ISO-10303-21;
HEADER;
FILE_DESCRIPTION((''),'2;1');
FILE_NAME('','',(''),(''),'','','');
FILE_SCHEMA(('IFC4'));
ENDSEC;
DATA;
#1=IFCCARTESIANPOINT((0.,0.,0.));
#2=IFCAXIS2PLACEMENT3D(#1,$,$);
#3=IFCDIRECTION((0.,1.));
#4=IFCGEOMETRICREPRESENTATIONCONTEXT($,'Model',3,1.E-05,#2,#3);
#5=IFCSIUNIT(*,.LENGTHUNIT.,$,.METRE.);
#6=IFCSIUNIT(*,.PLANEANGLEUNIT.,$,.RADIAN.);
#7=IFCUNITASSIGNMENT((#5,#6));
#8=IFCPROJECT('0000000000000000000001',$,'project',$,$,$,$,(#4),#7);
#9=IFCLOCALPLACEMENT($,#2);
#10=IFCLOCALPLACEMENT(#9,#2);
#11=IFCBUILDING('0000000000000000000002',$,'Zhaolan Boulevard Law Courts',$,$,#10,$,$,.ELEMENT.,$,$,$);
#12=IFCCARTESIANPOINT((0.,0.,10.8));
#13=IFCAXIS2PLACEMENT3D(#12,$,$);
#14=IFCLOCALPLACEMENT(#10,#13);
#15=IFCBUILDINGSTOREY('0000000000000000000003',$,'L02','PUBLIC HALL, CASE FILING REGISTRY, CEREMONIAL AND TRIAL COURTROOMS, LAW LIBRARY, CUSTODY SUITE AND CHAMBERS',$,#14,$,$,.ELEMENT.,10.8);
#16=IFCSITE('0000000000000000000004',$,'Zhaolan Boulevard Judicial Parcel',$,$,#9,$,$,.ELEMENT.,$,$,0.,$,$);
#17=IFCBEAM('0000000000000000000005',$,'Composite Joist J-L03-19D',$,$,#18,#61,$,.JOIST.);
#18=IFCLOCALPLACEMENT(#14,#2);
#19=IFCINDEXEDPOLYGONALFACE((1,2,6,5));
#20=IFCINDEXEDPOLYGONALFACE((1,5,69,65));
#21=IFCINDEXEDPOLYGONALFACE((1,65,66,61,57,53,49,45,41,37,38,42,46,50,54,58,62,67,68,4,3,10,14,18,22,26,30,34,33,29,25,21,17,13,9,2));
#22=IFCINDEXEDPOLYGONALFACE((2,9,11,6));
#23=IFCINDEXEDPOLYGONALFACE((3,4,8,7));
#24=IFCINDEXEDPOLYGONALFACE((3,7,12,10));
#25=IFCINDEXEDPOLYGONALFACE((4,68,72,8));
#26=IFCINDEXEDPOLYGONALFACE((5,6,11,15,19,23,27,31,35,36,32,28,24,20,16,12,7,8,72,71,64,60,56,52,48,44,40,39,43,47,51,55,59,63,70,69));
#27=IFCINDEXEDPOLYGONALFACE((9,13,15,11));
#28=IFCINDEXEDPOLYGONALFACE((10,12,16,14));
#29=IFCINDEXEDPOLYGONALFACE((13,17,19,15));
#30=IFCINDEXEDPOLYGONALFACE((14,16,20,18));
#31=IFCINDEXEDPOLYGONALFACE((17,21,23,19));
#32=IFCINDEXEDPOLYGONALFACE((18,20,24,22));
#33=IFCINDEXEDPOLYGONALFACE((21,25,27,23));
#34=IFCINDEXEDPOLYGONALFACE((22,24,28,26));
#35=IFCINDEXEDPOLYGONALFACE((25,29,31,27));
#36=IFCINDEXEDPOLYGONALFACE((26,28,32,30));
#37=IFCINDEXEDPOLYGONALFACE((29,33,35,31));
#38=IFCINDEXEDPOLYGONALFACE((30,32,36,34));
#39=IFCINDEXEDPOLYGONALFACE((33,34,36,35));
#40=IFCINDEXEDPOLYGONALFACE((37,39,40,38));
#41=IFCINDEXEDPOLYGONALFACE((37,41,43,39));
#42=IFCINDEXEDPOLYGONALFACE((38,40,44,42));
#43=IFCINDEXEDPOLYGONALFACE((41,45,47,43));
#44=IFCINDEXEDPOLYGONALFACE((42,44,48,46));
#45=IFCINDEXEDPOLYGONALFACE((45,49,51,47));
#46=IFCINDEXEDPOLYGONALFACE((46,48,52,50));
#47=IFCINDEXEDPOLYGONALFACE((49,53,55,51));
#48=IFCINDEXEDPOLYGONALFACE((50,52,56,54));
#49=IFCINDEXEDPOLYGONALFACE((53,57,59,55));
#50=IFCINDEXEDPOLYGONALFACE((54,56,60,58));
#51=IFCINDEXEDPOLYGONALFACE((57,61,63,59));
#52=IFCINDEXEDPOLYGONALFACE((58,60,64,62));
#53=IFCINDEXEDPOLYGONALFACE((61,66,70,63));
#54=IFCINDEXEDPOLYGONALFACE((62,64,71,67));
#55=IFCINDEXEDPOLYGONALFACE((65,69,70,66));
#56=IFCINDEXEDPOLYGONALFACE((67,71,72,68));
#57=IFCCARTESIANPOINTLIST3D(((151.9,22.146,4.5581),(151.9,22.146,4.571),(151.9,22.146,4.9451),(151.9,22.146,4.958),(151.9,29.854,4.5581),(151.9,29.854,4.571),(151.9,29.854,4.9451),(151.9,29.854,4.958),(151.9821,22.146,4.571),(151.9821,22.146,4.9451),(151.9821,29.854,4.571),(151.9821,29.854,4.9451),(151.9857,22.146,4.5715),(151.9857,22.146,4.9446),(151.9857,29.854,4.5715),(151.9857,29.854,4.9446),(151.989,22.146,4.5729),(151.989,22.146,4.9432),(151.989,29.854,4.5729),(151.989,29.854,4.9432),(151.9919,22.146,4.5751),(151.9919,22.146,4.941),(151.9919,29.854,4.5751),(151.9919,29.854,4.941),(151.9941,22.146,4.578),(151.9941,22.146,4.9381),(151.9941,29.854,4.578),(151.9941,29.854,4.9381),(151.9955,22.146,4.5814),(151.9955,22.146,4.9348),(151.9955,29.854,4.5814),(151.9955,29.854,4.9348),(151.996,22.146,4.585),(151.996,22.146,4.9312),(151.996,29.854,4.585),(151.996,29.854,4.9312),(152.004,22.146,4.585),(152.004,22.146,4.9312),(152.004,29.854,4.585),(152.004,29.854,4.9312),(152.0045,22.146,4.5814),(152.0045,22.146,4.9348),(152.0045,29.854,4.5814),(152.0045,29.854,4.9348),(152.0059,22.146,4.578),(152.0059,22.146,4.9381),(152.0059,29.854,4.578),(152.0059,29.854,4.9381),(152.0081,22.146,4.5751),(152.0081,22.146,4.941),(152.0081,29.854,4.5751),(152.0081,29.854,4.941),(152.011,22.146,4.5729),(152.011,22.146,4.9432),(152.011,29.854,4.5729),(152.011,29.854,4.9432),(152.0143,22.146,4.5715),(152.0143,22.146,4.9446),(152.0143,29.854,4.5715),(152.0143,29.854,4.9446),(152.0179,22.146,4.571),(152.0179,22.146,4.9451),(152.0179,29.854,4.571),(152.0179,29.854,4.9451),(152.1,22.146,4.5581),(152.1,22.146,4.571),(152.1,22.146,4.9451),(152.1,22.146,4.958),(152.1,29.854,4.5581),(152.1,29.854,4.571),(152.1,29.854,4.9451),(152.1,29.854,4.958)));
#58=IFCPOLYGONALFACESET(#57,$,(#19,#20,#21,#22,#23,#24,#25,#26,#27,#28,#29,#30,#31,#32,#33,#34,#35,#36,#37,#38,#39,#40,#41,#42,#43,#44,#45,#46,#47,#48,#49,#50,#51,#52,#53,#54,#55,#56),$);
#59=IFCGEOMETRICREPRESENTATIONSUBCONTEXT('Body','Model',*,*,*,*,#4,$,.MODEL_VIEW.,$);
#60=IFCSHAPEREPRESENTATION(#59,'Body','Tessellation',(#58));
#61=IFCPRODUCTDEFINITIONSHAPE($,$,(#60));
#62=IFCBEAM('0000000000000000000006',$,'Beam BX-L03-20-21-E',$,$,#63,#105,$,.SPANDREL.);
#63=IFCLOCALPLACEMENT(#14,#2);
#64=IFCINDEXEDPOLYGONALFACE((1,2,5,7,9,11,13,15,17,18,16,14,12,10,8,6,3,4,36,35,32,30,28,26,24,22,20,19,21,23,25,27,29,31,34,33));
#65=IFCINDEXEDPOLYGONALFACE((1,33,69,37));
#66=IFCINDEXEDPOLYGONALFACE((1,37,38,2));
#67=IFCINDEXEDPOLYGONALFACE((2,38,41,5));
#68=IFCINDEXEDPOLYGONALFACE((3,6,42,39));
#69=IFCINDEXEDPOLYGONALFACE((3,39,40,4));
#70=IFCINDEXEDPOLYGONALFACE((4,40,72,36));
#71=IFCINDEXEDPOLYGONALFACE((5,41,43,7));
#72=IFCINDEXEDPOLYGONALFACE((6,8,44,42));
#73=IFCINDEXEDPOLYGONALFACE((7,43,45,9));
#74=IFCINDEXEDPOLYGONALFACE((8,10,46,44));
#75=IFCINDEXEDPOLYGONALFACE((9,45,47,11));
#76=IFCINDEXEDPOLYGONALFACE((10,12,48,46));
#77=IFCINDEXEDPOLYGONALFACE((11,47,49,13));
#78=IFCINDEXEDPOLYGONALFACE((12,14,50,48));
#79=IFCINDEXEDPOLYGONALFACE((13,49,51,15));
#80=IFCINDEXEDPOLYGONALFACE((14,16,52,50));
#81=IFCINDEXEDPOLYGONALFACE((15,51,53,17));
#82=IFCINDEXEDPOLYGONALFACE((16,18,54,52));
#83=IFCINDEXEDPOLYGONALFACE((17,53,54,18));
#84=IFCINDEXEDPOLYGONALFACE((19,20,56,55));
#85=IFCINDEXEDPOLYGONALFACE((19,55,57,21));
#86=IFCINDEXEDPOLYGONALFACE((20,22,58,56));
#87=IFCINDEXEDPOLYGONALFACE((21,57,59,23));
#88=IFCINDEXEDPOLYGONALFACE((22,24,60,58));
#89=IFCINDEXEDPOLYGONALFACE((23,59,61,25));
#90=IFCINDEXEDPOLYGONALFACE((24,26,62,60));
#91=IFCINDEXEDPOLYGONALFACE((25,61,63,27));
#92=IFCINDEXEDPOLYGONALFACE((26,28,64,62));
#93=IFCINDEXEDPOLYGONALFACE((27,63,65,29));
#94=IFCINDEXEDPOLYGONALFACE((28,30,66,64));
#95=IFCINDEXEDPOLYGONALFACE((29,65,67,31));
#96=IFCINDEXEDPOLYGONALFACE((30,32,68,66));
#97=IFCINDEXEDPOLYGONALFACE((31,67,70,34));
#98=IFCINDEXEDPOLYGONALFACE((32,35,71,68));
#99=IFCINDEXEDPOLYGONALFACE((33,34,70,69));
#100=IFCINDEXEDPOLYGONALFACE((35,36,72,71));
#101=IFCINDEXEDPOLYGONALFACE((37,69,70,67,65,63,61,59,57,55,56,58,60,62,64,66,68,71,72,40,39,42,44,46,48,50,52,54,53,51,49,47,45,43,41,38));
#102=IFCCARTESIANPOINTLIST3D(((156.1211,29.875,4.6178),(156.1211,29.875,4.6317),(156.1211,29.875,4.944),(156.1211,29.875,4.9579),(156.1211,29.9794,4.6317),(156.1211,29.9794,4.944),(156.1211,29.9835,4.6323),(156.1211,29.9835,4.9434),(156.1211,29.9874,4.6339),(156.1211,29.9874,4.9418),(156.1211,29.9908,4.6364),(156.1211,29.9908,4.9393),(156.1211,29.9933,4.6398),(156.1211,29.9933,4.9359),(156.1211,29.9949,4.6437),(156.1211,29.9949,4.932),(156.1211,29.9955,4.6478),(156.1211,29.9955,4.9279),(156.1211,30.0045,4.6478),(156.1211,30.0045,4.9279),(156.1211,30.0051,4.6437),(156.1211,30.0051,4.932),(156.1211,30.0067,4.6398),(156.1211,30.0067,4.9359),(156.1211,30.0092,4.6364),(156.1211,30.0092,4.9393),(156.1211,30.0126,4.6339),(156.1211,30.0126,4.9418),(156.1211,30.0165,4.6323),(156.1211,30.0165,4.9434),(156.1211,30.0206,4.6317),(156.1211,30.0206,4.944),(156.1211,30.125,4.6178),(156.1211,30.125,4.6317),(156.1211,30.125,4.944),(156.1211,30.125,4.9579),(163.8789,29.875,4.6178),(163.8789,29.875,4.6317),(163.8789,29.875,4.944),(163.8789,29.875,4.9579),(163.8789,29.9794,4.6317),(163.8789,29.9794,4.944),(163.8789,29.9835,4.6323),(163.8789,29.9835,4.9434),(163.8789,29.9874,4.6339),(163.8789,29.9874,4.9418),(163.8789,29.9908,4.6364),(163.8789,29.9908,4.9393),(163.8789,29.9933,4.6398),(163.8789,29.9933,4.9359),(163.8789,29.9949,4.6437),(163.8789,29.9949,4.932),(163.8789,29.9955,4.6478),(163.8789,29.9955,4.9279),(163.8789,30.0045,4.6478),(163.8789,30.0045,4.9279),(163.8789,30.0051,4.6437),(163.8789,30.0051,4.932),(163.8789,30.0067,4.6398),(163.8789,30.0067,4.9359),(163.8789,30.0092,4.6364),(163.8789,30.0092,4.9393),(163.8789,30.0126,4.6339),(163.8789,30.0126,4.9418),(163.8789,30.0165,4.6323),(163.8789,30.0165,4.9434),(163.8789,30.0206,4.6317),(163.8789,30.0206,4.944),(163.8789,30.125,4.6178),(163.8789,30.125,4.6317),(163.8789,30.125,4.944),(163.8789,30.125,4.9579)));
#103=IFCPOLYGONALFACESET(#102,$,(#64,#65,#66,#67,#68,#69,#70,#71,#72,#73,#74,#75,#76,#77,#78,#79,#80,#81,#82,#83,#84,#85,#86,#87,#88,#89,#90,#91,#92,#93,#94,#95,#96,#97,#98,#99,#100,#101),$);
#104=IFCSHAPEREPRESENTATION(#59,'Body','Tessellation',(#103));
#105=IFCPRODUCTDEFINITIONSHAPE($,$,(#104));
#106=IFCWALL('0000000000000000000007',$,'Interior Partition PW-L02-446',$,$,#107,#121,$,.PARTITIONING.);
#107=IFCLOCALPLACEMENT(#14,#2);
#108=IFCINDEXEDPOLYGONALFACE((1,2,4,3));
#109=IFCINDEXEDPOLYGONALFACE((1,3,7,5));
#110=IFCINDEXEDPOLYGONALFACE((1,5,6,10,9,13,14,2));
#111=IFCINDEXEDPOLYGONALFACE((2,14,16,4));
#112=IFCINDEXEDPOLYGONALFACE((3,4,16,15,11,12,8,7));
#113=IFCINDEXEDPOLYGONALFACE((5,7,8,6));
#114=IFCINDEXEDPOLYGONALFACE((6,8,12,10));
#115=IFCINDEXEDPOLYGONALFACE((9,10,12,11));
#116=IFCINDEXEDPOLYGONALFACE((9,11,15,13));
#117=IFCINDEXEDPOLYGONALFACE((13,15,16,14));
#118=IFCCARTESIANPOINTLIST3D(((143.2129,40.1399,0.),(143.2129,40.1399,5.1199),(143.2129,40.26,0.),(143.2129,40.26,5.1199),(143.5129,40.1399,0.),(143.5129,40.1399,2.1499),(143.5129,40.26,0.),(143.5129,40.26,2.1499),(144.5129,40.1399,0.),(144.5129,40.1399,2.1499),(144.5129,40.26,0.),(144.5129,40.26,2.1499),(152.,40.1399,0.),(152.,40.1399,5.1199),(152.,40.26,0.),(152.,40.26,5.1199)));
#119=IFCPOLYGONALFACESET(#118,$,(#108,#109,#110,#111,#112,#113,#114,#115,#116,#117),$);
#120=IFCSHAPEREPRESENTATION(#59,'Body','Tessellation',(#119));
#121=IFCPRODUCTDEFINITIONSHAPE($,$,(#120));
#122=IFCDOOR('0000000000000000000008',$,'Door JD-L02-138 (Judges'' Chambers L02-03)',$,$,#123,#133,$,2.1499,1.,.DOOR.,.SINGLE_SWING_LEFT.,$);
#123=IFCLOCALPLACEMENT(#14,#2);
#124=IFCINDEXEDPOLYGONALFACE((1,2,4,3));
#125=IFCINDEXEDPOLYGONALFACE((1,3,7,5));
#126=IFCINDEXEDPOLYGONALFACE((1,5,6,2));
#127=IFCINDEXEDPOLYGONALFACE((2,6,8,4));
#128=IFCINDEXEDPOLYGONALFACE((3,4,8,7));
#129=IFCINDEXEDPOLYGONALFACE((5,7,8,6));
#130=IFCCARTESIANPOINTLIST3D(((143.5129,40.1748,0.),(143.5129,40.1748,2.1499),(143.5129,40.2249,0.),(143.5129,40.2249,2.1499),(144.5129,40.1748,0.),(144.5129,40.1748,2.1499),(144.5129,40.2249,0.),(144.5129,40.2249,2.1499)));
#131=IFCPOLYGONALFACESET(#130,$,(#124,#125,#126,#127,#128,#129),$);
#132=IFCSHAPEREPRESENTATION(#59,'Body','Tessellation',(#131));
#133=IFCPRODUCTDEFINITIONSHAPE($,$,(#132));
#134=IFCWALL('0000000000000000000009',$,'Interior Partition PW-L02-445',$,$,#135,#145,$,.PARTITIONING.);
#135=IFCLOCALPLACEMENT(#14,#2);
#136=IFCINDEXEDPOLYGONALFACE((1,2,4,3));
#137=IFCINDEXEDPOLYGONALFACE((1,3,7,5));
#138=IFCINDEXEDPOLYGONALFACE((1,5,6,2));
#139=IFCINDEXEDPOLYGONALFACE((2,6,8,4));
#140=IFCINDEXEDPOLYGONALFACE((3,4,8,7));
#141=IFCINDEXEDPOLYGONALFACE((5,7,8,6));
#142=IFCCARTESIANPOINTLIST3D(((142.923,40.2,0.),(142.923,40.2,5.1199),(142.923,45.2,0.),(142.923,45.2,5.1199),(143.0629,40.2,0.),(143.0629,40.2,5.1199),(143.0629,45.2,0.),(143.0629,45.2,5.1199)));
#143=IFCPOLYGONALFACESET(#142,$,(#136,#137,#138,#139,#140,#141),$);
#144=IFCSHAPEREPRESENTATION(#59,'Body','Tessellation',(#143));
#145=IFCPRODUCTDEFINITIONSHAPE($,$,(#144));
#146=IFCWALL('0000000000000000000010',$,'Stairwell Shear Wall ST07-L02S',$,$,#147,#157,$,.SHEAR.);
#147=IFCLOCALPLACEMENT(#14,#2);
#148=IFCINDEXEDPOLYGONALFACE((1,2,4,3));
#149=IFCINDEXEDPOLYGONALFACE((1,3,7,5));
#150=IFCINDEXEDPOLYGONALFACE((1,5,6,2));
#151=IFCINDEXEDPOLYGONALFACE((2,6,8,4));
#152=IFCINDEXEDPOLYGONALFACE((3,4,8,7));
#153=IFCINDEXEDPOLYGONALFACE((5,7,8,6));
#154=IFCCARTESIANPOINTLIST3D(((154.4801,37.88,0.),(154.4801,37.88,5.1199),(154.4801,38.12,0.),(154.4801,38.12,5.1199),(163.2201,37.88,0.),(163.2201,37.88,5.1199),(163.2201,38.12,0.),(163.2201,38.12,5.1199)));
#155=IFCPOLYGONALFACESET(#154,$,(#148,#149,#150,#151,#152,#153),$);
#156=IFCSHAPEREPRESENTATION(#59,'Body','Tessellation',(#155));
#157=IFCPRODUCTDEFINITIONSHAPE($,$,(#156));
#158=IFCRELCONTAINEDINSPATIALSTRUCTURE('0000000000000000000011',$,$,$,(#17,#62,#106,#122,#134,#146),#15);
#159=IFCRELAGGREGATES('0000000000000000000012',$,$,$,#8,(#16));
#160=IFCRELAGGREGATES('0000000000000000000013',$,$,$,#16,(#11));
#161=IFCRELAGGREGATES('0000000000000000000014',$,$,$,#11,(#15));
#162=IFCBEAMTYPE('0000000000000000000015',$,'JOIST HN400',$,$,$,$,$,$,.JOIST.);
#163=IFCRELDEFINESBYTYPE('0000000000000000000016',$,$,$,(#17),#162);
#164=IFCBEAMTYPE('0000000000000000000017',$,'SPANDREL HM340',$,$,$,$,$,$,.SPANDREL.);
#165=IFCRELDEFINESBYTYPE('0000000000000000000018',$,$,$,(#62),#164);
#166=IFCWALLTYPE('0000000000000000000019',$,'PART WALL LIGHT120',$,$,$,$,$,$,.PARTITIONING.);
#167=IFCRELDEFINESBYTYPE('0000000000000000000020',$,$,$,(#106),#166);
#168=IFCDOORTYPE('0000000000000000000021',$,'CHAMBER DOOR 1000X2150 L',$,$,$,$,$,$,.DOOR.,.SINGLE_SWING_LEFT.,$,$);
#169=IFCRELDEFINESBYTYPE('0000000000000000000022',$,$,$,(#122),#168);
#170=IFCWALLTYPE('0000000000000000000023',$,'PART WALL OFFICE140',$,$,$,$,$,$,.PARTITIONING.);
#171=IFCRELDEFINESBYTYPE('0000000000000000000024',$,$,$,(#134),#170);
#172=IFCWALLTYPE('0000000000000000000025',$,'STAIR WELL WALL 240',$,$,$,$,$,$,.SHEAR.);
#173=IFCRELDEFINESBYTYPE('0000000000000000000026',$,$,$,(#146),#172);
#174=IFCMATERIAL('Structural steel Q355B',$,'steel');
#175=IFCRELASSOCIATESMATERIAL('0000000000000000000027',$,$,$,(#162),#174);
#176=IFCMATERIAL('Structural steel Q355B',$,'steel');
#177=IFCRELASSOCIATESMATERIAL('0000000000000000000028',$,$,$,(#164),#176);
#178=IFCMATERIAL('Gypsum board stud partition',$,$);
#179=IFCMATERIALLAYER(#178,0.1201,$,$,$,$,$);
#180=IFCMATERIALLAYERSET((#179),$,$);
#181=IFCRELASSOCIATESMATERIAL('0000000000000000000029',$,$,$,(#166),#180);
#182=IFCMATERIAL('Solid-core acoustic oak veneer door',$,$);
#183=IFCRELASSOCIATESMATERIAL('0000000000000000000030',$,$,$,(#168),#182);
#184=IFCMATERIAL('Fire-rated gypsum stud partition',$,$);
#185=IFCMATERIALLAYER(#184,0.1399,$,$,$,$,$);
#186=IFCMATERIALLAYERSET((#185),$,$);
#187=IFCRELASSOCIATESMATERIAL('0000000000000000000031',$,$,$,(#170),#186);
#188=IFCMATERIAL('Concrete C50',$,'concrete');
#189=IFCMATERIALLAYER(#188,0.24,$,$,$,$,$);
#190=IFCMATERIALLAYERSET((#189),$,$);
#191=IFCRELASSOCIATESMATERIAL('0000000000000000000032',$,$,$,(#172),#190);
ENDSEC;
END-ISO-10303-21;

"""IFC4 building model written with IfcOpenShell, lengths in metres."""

from ifc_helpers import new_model, si_unit, direction, frame, frame_2d, origin, origin_2d, place, context, subcontext, project, spatial, rectangle, i_section, extrude, material, layer, layer_set, material_profile, profile_set, type_object, element, fill, save


model = new_model("IFC4")

# Units and contexts
model_context = context("Model", 3, precision=1e-05, world=origin(), true_north=direction((0.0, 1.0)))
body_context = subcontext(model_context, "Body", "Model", "MODEL_VIEW")
ifc_project = project(units=[si_unit("LENGTHUNIT", "METRE"), si_unit("PLANEANGLEUNIT", "RADIAN")], contexts=[model_context])

# Site, building, storey
site_placement = place(None, origin())
site = spatial("IfcSite", under=ifc_project, at=site_placement, Name="Zhaolan Boulevard Judicial Parcel", CompositionType="ELEMENT", RefElevation=0.0)
building_placement = place(site_placement, origin())
building = spatial("IfcBuilding", under=site, at=building_placement, Name="Zhaolan Boulevard Law Courts", CompositionType="ELEMENT")
storey_placement = place(building_placement, frame((0.0, 0.0, 10.8)))
storey = spatial("IfcBuildingStorey", under=building, at=storey_placement, Name="L02", Description="PUBLIC HALL, CASE FILING REGISTRY, CEREMONIAL AND TRIAL COURTROOMS, LAW LIBRARY, CUSTODY SUITE AND CHAMBERS", CompositionType="ELEMENT", Elevation=10.8)

# Beams
ifc_material_1 = material(Name="Structural steel Q355B", Category="steel")
ifc_material_profile_1 = material_profile(ifc_material_1, i_section(OverallWidth=0.2, OverallDepth=0.3999, WebThickness=0.0081, FlangeThickness=0.0129, FilletRadius=0.0139, at=origin_2d()), Name="HN400x200")
ifc_profile_set_1 = profile_set([ifc_material_profile_1], Name="Structural steel Q355B")
beam_type_1 = type_object("IfcBeamType", Name="JOIST HN400", PredefinedType="JOIST", material=ifc_profile_set_1)
beam_1_placement = place(storey_placement, frame((152.0, 22.146, 4.7581), z_axis=(0.0, 1.0, 0.0), x_axis=(-1.0, 0.0, 0.0)))
element("IfcBeam", 1, at=beam_1_placement, inside=storey, type_object=beam_type_1, Name="Composite Joist J-L03-19D", PredefinedType="JOIST", context=body_context, shape_type="SweptSolid", body=[
    extrude(i_section(OverallWidth=0.2, OverallDepth=0.3999, WebThickness=0.0081, FlangeThickness=0.0129, FilletRadius=0.0139, at=origin_2d()), origin(), (0.0, 0.0, 1.0), 7.708),
])
ifc_material_2 = material(Name="Structural steel Q355B", Category="steel")
ifc_material_profile_2 = material_profile(ifc_material_2, i_section(OverallWidth=0.25, OverallDepth=0.3401, WebThickness=0.009, FlangeThickness=0.0139, FilletRadius=0.0161, at=origin_2d()), Name="HM340x250")
ifc_profile_set_2 = profile_set([ifc_material_profile_2], Name="Structural steel Q355B")
beam_type_2 = type_object("IfcBeamType", Name="SPANDREL HM340", PredefinedType="SPANDREL", material=ifc_profile_set_2)
beam_2_placement = place(storey_placement, frame((156.1211, 30.0, 4.7878), z_axis=(1.0, 0.0, 0.0), x_axis=(0.0, 1.0, 0.0)))
element("IfcBeam", 2, at=beam_2_placement, inside=storey, type_object=beam_type_2, Name="Beam BX-L03-20-21-E", PredefinedType="SPANDREL", context=body_context, shape_type="SweptSolid", body=[
    extrude(i_section(OverallWidth=0.25, OverallDepth=0.3401, WebThickness=0.009, FlangeThickness=0.0139, FilletRadius=0.0161, at=origin_2d()), origin(), (0.0, 0.0, 1.0), 7.7578),
])

# Wall, opening, door
ifc_material_3 = material(Name="Gypsum board stud partition")
ifc_layer_1 = layer(ifc_material_3, 0.1201)
ifc_layer_set_1 = layer_set([ifc_layer_1])
wall_type_1 = type_object("IfcWallType", Name="PART WALL LIGHT120", PredefinedType="PARTITIONING", material=ifc_layer_set_1)
wall_1_placement = place(storey_placement, frame((143.2129, 40.2, 0.0), z_axis=(0.0, 0.0, 1.0), x_axis=(1.0, 0.0, 0.0)))
wall_1 = element("IfcWall", 3, at=wall_1_placement, inside=storey, type_object=wall_type_1, Name="Interior Partition PW-L02-446", PredefinedType="PARTITIONING", context=body_context, shape_type="SweptSolid", body=[
    extrude(rectangle(XDim=8.7871, YDim=0.1201, at=frame_2d((4.3936, 0.0))), origin(), (0.0, 0.0, 1.0), 5.1199),
])
opening_1_placement = place(wall_1_placement, frame((0.3, 0.0, 0.0)))
opening_1 = element("IfcOpeningElement", 4, at=opening_1_placement, cuts=wall_1, PredefinedType="OPENING", context=body_context, shape_type="SweptSolid", body=[
    extrude(rectangle(XDim=1.0, YDim=2.1499, at=frame_2d((0.5, 1.075))), frame((0.0, 0.0701, 0.0), z_axis=(0.0, -1.0, 0.0), x_axis=(1.0, 0.0, 0.0)), (0.0, 0.0, 1.0), 0.1401),
])
ifc_material_4 = material(Name="Solid-core acoustic oak veneer door")
door_type_1 = type_object("IfcDoorType", Name="CHAMBER DOOR 1000X2150 L", OperationType="SINGLE_SWING_LEFT", PredefinedType="DOOR", material=ifc_material_4)
door_1_placement = place(opening_1_placement, origin())
door_1 = element("IfcDoor", 5, at=door_1_placement, inside=storey, type_object=door_type_1, Name="Door JD-L02-138 (Judges' Chambers L02-03)", OperationType="SINGLE_SWING_LEFT", OverallHeight=2.1499, OverallWidth=1.0, PredefinedType="DOOR", context=body_context, shape_type="SweptSolid", body=[
    extrude(rectangle(XDim=1.0, YDim=2.1499, at=frame_2d((0.5, 1.075))), frame((0.0, 0.0249, 0.0), z_axis=(0.0, -1.0, 0.0), x_axis=(1.0, 0.0, 0.0)), (0.0, 0.0, 1.0), 0.05),
])
fill(opening_1, door_1)

# Walls
ifc_material_5 = material(Name="Fire-rated gypsum stud partition")
ifc_layer_2 = layer(ifc_material_5, 0.1399)
ifc_layer_set_2 = layer_set([ifc_layer_2])
wall_type_2 = type_object("IfcWallType", Name="PART WALL OFFICE140", PredefinedType="PARTITIONING", material=ifc_layer_set_2)
wall_2_placement = place(storey_placement, frame((142.9929, 40.2, 0.0), z_axis=(0.0, 0.0, 1.0), x_axis=(0.0, 1.0, 0.0)))
element("IfcWall", 6, at=wall_2_placement, inside=storey, type_object=wall_type_2, Name="Interior Partition PW-L02-445", PredefinedType="PARTITIONING", context=body_context, shape_type="SweptSolid", body=[
    extrude(rectangle(XDim=5.0, YDim=0.1399, at=frame_2d((2.5, 0.0))), origin(), (0.0, 0.0, 1.0), 5.1199),
])
ifc_material_6 = material(Name="Concrete C50", Category="concrete")
ifc_layer_3 = layer(ifc_material_6, 0.24)
ifc_layer_set_3 = layer_set([ifc_layer_3])
wall_type_3 = type_object("IfcWallType", Name="STAIR WELL WALL 240", PredefinedType="SHEAR", material=ifc_layer_set_3)
wall_3_placement = place(storey_placement, frame((154.48, 38.0, 0.0), z_axis=(0.0, 0.0, 1.0), x_axis=(1.0, 0.0, 0.0)))
element("IfcWall", 7, at=wall_3_placement, inside=storey, type_object=wall_type_3, Name="Stairwell Shear Wall ST07-L02S", PredefinedType="SHEAR", context=body_context, shape_type="SweptSolid", body=[
    extrude(rectangle(XDim=8.74, YDim=0.24, at=frame_2d((4.3701, 0.0))), origin(), (0.0, 0.0, 1.0), 5.1199),
])

save(model, "model.ifc")
